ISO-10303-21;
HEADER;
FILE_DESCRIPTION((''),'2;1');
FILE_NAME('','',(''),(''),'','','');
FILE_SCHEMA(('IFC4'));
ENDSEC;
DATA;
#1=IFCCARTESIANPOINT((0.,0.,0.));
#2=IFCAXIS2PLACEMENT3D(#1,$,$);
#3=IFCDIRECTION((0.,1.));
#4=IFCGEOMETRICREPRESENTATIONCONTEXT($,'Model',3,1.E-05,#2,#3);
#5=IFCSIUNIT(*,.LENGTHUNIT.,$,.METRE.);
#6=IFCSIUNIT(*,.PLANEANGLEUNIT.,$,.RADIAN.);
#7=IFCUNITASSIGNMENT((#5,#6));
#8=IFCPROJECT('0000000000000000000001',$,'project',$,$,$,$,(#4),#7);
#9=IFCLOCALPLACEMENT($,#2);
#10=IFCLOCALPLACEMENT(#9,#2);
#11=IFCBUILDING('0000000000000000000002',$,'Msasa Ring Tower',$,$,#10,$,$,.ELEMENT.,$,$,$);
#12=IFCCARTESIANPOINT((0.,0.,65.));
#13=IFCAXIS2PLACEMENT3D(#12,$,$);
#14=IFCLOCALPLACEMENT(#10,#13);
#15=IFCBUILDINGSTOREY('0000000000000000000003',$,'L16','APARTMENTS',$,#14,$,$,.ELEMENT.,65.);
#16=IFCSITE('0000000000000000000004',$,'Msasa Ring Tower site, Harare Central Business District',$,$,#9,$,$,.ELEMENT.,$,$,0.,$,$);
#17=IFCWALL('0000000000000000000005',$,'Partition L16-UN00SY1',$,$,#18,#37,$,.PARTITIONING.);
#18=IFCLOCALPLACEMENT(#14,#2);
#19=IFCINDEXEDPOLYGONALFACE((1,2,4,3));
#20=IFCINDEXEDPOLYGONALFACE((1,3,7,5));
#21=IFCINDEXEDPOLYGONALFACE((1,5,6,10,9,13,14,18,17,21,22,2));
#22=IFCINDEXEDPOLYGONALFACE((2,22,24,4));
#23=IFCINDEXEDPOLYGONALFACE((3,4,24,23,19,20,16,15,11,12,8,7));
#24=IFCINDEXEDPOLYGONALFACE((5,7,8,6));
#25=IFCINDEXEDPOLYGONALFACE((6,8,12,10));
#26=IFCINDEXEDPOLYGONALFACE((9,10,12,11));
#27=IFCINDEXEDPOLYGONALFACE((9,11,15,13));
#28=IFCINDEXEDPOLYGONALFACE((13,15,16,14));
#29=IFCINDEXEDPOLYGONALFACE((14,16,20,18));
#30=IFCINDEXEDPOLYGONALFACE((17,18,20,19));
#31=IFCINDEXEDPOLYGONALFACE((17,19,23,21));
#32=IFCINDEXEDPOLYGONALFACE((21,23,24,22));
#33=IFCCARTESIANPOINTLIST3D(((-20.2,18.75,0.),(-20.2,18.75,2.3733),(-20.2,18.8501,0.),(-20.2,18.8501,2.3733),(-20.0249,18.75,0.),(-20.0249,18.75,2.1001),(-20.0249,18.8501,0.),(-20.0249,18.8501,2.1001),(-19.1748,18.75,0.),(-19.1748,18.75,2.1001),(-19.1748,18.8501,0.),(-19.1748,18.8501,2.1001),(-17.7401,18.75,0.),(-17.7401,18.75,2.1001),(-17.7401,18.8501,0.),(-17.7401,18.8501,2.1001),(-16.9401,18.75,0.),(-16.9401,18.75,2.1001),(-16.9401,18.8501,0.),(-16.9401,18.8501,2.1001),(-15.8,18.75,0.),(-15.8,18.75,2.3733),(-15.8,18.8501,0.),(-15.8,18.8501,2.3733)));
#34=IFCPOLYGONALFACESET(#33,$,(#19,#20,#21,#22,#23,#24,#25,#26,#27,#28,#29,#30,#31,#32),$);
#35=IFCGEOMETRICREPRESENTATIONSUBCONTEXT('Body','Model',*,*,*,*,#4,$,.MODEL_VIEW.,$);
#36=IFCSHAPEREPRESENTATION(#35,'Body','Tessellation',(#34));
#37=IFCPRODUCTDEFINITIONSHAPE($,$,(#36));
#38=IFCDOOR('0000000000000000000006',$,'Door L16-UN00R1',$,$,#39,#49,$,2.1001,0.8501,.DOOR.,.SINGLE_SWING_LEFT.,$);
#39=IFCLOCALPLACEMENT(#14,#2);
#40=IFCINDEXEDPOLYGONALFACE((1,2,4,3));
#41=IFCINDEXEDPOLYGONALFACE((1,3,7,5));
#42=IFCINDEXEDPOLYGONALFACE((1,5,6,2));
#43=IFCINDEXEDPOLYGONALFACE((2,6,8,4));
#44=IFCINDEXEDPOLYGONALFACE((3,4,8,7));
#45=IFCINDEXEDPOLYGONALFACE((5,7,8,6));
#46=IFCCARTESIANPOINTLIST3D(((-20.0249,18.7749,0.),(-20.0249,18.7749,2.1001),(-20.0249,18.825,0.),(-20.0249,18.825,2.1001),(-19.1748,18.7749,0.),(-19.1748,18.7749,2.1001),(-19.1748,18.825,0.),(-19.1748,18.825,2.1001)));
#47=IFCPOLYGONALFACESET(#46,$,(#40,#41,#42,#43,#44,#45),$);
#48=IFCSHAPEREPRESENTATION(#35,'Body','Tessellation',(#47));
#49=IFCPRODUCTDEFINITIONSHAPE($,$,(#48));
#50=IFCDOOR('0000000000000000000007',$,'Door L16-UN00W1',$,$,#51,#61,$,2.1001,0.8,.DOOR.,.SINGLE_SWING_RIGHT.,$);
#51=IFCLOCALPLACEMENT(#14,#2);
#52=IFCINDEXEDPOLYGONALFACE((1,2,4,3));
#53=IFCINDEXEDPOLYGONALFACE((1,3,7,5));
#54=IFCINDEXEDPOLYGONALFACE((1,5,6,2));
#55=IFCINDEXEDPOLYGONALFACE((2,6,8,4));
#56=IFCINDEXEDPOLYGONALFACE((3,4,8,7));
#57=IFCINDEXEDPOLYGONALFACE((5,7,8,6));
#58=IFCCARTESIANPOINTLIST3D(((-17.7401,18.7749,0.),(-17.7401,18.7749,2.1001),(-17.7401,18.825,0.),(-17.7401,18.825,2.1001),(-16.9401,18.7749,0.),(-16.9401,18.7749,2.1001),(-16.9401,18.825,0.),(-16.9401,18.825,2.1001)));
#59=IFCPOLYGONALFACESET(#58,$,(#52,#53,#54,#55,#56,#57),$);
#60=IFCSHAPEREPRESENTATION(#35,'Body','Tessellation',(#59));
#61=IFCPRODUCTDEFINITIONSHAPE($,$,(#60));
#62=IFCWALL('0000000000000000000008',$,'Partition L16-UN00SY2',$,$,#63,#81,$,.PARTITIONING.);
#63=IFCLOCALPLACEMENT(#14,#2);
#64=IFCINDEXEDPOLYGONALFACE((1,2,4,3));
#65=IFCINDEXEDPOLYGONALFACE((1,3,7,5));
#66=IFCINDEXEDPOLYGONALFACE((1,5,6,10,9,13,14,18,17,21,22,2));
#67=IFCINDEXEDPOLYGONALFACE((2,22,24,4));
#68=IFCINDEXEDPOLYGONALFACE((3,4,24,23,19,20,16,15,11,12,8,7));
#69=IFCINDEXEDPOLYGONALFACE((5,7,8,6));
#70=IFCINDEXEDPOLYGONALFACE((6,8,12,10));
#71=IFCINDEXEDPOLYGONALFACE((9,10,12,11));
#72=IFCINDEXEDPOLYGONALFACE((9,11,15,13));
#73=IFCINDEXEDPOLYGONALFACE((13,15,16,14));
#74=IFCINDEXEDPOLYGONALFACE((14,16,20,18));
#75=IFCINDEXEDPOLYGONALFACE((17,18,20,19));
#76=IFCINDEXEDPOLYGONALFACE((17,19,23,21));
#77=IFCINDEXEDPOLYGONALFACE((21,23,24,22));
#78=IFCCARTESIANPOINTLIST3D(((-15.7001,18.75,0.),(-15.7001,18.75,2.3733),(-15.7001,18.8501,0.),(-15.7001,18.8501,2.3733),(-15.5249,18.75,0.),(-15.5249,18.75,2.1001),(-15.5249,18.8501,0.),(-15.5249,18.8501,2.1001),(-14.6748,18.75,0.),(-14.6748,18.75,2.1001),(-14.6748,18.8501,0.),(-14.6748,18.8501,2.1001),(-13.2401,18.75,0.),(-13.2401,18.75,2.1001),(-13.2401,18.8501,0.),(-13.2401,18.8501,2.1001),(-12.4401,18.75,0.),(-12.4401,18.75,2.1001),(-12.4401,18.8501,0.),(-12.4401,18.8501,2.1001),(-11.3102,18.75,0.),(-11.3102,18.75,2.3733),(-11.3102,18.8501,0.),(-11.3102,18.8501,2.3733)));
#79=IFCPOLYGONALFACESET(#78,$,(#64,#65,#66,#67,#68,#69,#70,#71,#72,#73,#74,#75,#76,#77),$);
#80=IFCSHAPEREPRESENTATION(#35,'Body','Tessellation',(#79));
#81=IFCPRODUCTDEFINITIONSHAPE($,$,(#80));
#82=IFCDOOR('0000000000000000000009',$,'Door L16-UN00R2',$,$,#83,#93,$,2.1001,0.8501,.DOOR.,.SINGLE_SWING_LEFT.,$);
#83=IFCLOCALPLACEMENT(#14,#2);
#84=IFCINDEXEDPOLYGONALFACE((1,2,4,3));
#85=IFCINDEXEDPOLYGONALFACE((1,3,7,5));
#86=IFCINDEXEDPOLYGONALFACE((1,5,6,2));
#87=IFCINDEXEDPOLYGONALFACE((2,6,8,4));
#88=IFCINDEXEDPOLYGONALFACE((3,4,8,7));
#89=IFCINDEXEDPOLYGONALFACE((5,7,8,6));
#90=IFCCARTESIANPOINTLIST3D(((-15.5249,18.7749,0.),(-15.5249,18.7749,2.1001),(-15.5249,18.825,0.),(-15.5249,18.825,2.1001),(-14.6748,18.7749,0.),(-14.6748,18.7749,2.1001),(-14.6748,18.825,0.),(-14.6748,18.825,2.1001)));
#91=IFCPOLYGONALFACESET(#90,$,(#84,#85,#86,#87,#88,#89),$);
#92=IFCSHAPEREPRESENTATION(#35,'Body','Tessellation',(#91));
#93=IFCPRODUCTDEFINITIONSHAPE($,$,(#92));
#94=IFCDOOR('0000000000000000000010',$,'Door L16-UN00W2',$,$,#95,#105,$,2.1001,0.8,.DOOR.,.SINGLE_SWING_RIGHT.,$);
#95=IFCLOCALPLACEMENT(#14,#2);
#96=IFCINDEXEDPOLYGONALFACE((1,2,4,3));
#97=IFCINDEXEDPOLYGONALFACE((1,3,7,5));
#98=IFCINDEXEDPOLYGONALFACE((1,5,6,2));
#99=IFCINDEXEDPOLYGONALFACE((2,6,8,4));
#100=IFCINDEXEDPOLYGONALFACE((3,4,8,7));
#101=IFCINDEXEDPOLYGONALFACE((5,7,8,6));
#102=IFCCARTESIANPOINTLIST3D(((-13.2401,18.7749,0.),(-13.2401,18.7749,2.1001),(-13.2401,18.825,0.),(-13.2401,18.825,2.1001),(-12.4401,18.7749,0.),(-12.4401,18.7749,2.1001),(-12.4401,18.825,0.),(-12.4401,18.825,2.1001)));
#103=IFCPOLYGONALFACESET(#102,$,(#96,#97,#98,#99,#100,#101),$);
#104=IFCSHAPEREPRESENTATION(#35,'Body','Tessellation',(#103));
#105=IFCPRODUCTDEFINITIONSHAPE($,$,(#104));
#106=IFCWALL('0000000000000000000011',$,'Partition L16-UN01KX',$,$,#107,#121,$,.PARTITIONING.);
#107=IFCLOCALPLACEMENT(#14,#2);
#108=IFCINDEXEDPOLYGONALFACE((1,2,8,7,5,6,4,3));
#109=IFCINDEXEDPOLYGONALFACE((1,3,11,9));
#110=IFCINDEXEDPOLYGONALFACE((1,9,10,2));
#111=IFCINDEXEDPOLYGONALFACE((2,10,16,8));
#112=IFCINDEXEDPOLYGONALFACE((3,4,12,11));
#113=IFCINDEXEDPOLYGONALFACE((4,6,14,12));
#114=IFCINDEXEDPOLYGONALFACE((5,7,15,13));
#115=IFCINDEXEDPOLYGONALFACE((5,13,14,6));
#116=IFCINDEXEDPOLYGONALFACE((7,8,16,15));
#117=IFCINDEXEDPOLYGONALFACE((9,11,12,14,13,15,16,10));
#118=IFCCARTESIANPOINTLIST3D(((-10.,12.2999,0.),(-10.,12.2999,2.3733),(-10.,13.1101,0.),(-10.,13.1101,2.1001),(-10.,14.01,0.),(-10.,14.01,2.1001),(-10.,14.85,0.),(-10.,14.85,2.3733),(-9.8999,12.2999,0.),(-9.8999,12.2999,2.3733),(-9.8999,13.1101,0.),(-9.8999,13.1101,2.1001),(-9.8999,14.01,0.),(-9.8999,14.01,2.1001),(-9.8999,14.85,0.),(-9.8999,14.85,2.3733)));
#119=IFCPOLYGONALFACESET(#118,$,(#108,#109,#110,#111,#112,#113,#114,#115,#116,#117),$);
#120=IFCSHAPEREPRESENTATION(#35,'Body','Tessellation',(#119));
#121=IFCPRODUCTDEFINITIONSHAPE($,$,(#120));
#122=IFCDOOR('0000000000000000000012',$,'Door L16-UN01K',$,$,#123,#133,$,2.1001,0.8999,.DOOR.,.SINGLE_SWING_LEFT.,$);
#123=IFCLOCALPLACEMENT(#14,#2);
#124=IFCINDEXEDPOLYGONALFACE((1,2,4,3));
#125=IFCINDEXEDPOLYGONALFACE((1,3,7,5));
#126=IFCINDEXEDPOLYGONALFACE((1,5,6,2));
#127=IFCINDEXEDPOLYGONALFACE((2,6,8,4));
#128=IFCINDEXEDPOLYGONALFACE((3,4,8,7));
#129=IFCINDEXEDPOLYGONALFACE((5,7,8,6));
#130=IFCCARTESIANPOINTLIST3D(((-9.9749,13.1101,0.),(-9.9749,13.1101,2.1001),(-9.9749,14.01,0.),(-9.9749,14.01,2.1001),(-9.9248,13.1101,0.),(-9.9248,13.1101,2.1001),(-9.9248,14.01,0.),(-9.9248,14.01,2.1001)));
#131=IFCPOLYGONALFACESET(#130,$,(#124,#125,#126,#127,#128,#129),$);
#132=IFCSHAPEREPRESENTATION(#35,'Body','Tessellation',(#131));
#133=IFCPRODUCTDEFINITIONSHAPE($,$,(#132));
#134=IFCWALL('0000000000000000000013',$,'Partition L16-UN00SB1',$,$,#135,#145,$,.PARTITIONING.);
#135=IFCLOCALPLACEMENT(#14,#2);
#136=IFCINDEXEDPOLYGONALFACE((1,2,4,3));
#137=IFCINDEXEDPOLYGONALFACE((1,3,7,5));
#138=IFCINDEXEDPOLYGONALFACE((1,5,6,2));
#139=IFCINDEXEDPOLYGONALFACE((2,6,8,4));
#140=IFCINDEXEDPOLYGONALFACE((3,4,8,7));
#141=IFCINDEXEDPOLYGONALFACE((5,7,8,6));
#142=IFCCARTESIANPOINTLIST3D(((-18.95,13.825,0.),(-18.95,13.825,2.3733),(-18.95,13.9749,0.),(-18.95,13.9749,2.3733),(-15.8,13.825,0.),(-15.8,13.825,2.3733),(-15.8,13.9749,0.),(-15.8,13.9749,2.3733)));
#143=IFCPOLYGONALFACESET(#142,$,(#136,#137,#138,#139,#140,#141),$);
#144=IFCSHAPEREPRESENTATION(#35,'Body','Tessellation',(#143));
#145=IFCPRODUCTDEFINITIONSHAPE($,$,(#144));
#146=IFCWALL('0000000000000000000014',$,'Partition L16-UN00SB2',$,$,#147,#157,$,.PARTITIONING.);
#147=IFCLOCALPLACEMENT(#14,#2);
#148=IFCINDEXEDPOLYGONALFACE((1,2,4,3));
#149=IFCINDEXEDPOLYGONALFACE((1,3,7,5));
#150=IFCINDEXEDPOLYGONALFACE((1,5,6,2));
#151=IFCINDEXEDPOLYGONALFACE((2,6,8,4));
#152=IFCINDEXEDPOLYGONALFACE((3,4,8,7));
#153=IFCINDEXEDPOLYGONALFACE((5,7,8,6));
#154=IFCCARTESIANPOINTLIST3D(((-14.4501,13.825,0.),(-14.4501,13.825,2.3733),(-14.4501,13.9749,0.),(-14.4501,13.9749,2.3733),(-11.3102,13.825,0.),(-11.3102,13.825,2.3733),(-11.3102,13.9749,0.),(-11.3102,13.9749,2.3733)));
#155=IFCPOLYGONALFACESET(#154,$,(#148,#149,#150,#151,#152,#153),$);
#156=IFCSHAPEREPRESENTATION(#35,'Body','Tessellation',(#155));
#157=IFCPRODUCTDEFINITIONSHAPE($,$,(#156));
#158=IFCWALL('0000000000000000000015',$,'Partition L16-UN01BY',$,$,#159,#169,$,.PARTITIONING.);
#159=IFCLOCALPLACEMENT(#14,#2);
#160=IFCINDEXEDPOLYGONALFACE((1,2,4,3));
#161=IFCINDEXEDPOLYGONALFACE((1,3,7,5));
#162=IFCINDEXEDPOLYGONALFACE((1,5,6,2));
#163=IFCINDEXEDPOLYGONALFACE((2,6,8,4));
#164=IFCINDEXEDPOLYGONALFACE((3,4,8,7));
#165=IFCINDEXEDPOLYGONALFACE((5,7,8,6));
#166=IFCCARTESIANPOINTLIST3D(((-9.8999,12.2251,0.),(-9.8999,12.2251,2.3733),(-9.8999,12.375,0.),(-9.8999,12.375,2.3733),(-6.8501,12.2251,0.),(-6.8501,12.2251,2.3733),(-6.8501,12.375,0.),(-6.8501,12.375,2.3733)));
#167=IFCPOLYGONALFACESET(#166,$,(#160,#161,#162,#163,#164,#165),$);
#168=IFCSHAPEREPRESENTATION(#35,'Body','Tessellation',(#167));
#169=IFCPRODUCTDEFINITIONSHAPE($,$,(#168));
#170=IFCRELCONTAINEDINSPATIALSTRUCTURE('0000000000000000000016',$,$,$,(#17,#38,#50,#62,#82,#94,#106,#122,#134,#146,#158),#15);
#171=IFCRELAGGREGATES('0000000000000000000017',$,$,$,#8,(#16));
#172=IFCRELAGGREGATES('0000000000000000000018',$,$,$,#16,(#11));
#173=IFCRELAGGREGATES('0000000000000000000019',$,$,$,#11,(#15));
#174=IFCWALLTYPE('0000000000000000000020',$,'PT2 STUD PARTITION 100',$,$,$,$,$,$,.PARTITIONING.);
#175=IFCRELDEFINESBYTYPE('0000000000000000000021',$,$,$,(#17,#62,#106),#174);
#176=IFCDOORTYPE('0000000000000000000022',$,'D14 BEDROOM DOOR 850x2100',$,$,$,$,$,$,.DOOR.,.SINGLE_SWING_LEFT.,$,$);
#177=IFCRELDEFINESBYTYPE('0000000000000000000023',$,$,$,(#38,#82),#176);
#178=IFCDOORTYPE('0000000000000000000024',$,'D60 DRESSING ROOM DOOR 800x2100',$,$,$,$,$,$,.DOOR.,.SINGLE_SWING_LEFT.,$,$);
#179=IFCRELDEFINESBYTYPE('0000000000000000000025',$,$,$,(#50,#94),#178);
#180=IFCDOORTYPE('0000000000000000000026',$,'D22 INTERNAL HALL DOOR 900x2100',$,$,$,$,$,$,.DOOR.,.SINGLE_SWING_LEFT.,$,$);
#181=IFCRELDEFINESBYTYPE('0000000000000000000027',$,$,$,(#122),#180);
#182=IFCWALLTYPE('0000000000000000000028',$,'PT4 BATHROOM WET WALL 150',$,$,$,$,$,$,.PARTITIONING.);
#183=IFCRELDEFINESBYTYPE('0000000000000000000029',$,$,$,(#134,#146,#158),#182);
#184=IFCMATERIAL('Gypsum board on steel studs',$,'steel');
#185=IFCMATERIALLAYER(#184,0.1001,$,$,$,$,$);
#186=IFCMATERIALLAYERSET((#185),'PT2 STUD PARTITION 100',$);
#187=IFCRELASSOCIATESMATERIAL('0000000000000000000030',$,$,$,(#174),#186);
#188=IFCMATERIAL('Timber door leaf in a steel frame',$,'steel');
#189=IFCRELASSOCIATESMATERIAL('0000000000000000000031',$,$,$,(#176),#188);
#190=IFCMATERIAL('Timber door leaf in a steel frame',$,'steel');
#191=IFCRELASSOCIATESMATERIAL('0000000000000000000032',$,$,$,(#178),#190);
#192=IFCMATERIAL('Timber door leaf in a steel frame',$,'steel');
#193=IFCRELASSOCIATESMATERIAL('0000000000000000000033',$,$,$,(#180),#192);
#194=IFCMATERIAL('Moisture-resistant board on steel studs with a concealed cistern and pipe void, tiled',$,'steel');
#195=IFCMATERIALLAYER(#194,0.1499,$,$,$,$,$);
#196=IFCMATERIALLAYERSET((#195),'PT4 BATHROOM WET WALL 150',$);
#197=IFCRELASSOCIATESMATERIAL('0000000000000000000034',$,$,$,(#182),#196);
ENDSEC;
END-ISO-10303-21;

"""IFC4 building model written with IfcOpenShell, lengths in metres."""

from ifc_helpers import new_model, si_unit, direction, frame, frame_2d, origin, place, context, subcontext, project, spatial, rectangle, extrude, material, layer, layer_set, type_object, element, fill, save


model = new_model("IFC4")

# Units and contexts
model_context = context("Model", 3, precision=1e-05, world=origin(), true_north=direction((0.0, 1.0)))
body_context = subcontext(model_context, "Body", "Model", "MODEL_VIEW")
ifc_project = project(units=[si_unit("LENGTHUNIT", "METRE"), si_unit("PLANEANGLEUNIT", "RADIAN")], contexts=[model_context])

# Site, building, storey
site_placement = place(None, origin())
site = spatial("IfcSite", under=ifc_project, at=site_placement, Name="Msasa Ring Tower site, Harare Central Business District", CompositionType="ELEMENT", RefElevation=0.0)
building_placement = place(site_placement, origin())
building = spatial("IfcBuilding", under=site, at=building_placement, Name="Msasa Ring Tower", CompositionType="ELEMENT")
storey_placement = place(building_placement, frame((0.0, 0.0, 65.0)))
storey = spatial("IfcBuildingStorey", under=building, at=storey_placement, Name="L16", Description="APARTMENTS", CompositionType="ELEMENT", Elevation=65.0)

# Walls, openings, doors
ifc_material_1 = material(Name="Gypsum board on steel studs", Category="steel")
ifc_layer_1 = layer(ifc_material_1, 0.1001)
ifc_layer_set_1 = layer_set([ifc_layer_1], Name="PT2 STUD PARTITION 100")
wall_type_1 = type_object("IfcWallType", Name="PT2 STUD PARTITION 100", PredefinedType="PARTITIONING", material=ifc_layer_set_1)
wall_1_placement = place(storey_placement, frame((-20.2, 18.8, 0.0), z_axis=(0.0, 0.0, 1.0), x_axis=(1.0, 0.0, 0.0)))
wall_1 = element("IfcWall", 1, at=wall_1_placement, inside=storey, type_object=wall_type_1, Name="Partition L16-UN00SY1", PredefinedType="PARTITIONING", context=body_context, shape_type="SweptSolid", body=[
    extrude(rectangle(XDim=4.3999, YDim=0.1001, at=frame_2d((2.2, 0.0))), origin(), (0.0, 0.0, 1.0), 2.3733),
])
opening_1_placement = place(wall_1_placement, frame((0.175, 0.0, 0.0)))
opening_1 = element("IfcOpeningElement", 2, at=opening_1_placement, cuts=wall_1, PredefinedType="OPENING", context=body_context, shape_type="SweptSolid", body=[
    extrude(rectangle(XDim=0.8501, YDim=2.1001, at=frame_2d((0.425, 1.05))), frame((0.0, 0.0601, 0.0), z_axis=(0.0, -1.0, 0.0), x_axis=(1.0, 0.0, 0.0)), (0.0, 0.0, 1.0), 0.1201),
])
opening_2_placement = place(wall_1_placement, frame((2.46, 0.0, 0.0)))
opening_2 = element("IfcOpeningElement", 3, at=opening_2_placement, cuts=wall_1, PredefinedType="OPENING", context=body_context, shape_type="SweptSolid", body=[
    extrude(rectangle(XDim=0.8, YDim=2.1001, at=frame_2d((0.3999, 1.05))), frame((0.0, 0.0601, 0.0), z_axis=(0.0, -1.0, 0.0), x_axis=(1.0, 0.0, 0.0)), (0.0, 0.0, 1.0), 0.1201),
])
ifc_material_2 = material(Name="Timber door leaf in a steel frame", Category="steel")
door_type_1 = type_object("IfcDoorType", Name="D14 BEDROOM DOOR 850x2100", OperationType="SINGLE_SWING_LEFT", PredefinedType="DOOR", material=ifc_material_2)
door_1_placement = place(opening_1_placement, origin())
door_1 = element("IfcDoor", 4, at=door_1_placement, inside=storey, type_object=door_type_1, Name="Door L16-UN00R1", OperationType="SINGLE_SWING_LEFT", OverallHeight=2.1001, OverallWidth=0.8501, PredefinedType="DOOR", context=body_context, shape_type="SweptSolid", body=[
    extrude(rectangle(XDim=0.8501, YDim=2.1001, at=frame_2d((0.425, 1.05))), frame((0.0, 0.0249, 0.0), z_axis=(0.0, -1.0, 0.0), x_axis=(1.0, 0.0, 0.0)), (0.0, 0.0, 1.0), 0.05),
])
fill(opening_1, door_1)
ifc_material_3 = material(Name="Timber door leaf in a steel frame", Category="steel")
door_type_2 = type_object("IfcDoorType", Name="D60 DRESSING ROOM DOOR 800x2100", OperationType="SINGLE_SWING_LEFT", PredefinedType="DOOR", material=ifc_material_3)
door_2_placement = place(opening_2_placement, origin())
door_2 = element("IfcDoor", 5, at=door_2_placement, inside=storey, type_object=door_type_2, Name="Door L16-UN00W1", OperationType="SINGLE_SWING_RIGHT", OverallHeight=2.1001, OverallWidth=0.8, PredefinedType="DOOR", context=body_context, shape_type="SweptSolid", body=[
    extrude(rectangle(XDim=0.8, YDim=2.1001, at=frame_2d((0.3999, 1.05))), frame((0.0, 0.0249, 0.0), z_axis=(0.0, -1.0, 0.0), x_axis=(1.0, 0.0, 0.0)), (0.0, 0.0, 1.0), 0.05),
])
fill(opening_2, door_2)
wall_2_placement = place(storey_placement, frame((-15.7, 18.8, 0.0), z_axis=(0.0, 0.0, 1.0), x_axis=(1.0, 0.0, 0.0)))
wall_2 = element("IfcWall", 6, at=wall_2_placement, inside=storey, type_object=wall_type_1, Name="Partition L16-UN00SY2", PredefinedType="PARTITIONING", context=body_context, shape_type="SweptSolid", body=[
    extrude(rectangle(XDim=4.3899, YDim=0.1001, at=frame_2d((2.1948, 0.0))), origin(), (0.0, 0.0, 1.0), 2.3733),
])
opening_3_placement = place(wall_2_placement, frame((0.175, 0.0, 0.0)))
opening_3 = element("IfcOpeningElement", 7, at=opening_3_placement, cuts=wall_2, PredefinedType="OPENING", context=body_context, shape_type="SweptSolid", body=[
    extrude(rectangle(XDim=0.8501, YDim=2.1001, at=frame_2d((0.425, 1.05))), frame((0.0, 0.0601, 0.0), z_axis=(0.0, -1.0, 0.0), x_axis=(1.0, 0.0, 0.0)), (0.0, 0.0, 1.0), 0.1201),
])
opening_4_placement = place(wall_2_placement, frame((2.46, 0.0, 0.0)))
opening_4 = element("IfcOpeningElement", 8, at=opening_4_placement, cuts=wall_2, PredefinedType="OPENING", context=body_context, shape_type="SweptSolid", body=[
    extrude(rectangle(XDim=0.8, YDim=2.1001, at=frame_2d((0.3999, 1.05))), frame((0.0, 0.0601, 0.0), z_axis=(0.0, -1.0, 0.0), x_axis=(1.0, 0.0, 0.0)), (0.0, 0.0, 1.0), 0.1201),
])
door_3_placement = place(opening_3_placement, origin())
door_3 = element("IfcDoor", 9, at=door_3_placement, inside=storey, type_object=door_type_1, Name="Door L16-UN00R2", OperationType="SINGLE_SWING_LEFT", OverallHeight=2.1001, OverallWidth=0.8501, PredefinedType="DOOR", context=body_context, shape_type="SweptSolid", body=[
    extrude(rectangle(XDim=0.8501, YDim=2.1001, at=frame_2d((0.425, 1.05))), frame((0.0, 0.0249, 0.0), z_axis=(0.0, -1.0, 0.0), x_axis=(1.0, 0.0, 0.0)), (0.0, 0.0, 1.0), 0.05),
])
fill(opening_3, door_3)
door_4_placement = place(opening_4_placement, origin())
door_4 = element("IfcDoor", 10, at=door_4_placement, inside=storey, type_object=door_type_2, Name="Door L16-UN00W2", OperationType="SINGLE_SWING_RIGHT", OverallHeight=2.1001, OverallWidth=0.8, PredefinedType="DOOR", context=body_context, shape_type="SweptSolid", body=[
    extrude(rectangle(XDim=0.8, YDim=2.1001, at=frame_2d((0.3999, 1.05))), frame((0.0, 0.0249, 0.0), z_axis=(0.0, -1.0, 0.0), x_axis=(1.0, 0.0, 0.0)), (0.0, 0.0, 1.0), 0.05),
])
fill(opening_4, door_4)

# Wall, opening, door
wall_3_placement = place(storey_placement, frame((-9.95, 12.3, 0.0), z_axis=(0.0, 0.0, 1.0), x_axis=(0.0, 1.0, 0.0)))
wall_3 = element("IfcWall", 11, at=wall_3_placement, inside=storey, type_object=wall_type_1, Name="Partition L16-UN01KX", PredefinedType="PARTITIONING", context=body_context, shape_type="SweptSolid", body=[
    extrude(rectangle(XDim=2.55, YDim=0.1001, at=frame_2d((1.2749, 0.0))), origin(), (0.0, 0.0, 1.0), 2.3733),
])
opening_5_placement = place(wall_3_placement, frame((0.8101, 0.0, 0.0)))
opening_5 = element("IfcOpeningElement", 12, at=opening_5_placement, cuts=wall_3, PredefinedType="OPENING", context=body_context, shape_type="SweptSolid", body=[
    extrude(rectangle(XDim=0.8999, YDim=2.1001, at=frame_2d((0.45, 1.05))), frame((0.0, 0.0601, 0.0), z_axis=(0.0, -1.0, 0.0), x_axis=(1.0, 0.0, 0.0)), (0.0, 0.0, 1.0), 0.1201),
])
ifc_material_4 = material(Name="Timber door leaf in a steel frame", Category="steel")
door_type_3 = type_object("IfcDoorType", Name="D22 INTERNAL HALL DOOR 900x2100", OperationType="SINGLE_SWING_LEFT", PredefinedType="DOOR", material=ifc_material_4)
door_5_placement = place(opening_5_placement, origin())
door_5 = element("IfcDoor", 13, at=door_5_placement, inside=storey, type_object=door_type_3, Name="Door L16-UN01K", OperationType="SINGLE_SWING_LEFT", OverallHeight=2.1001, OverallWidth=0.8999, PredefinedType="DOOR", context=body_context, shape_type="SweptSolid", body=[
    extrude(rectangle(XDim=0.8999, YDim=2.1001, at=frame_2d((0.45, 1.05))), frame((0.0, 0.0249, 0.0), z_axis=(0.0, -1.0, 0.0), x_axis=(1.0, 0.0, 0.0)), (0.0, 0.0, 1.0), 0.05),
])
fill(opening_5, door_5)

# Walls
ifc_material_5 = material(Name="Moisture-resistant board on steel studs with a concealed cistern and pipe void, tiled", Category="steel")
ifc_layer_2 = layer(ifc_material_5, 0.1499)
ifc_layer_set_2 = layer_set([ifc_layer_2], Name="PT4 BATHROOM WET WALL 150")
wall_type_2 = type_object("IfcWallType", Name="PT4 BATHROOM WET WALL 150", PredefinedType="PARTITIONING", material=ifc_layer_set_2)
wall_4_placement = place(storey_placement, frame((-18.95, 13.8999, 0.0), z_axis=(0.0, 0.0, 1.0), x_axis=(1.0, 0.0, 0.0)))
element("IfcWall", 14, at=wall_4_placement, inside=storey, type_object=wall_type_2, Name="Partition L16-UN00SB1", PredefinedType="PARTITIONING", context=body_context, shape_type="SweptSolid", body=[
    extrude(rectangle(XDim=3.1499, YDim=0.1499, at=frame_2d((1.575, 0.0))), origin(), (0.0, 0.0, 1.0), 2.3733),
])
wall_5_placement = place(storey_placement, frame((-14.45, 13.8999, 0.0), z_axis=(0.0, 0.0, 1.0), x_axis=(1.0, 0.0, 0.0)))
element("IfcWall", 15, at=wall_5_placement, inside=storey, type_object=wall_type_2, Name="Partition L16-UN00SB2", PredefinedType="PARTITIONING", context=body_context, shape_type="SweptSolid", body=[
    extrude(rectangle(XDim=3.1399, YDim=0.1499, at=frame_2d((1.5698, 0.0))), origin(), (0.0, 0.0, 1.0), 2.3733),
])
wall_6_placement = place(storey_placement, frame((-9.8999, 12.3, 0.0), z_axis=(0.0, 0.0, 1.0), x_axis=(1.0, 0.0, 0.0)))
element("IfcWall", 16, at=wall_6_placement, inside=storey, type_object=wall_type_2, Name="Partition L16-UN01BY", PredefinedType="PARTITIONING", context=body_context, shape_type="SweptSolid", body=[
    extrude(rectangle(XDim=3.0498, YDim=0.1499, at=frame_2d((1.5249, 0.0))), origin(), (0.0, 0.0, 1.0), 2.3733),
])

save(model, "model.ifc")
